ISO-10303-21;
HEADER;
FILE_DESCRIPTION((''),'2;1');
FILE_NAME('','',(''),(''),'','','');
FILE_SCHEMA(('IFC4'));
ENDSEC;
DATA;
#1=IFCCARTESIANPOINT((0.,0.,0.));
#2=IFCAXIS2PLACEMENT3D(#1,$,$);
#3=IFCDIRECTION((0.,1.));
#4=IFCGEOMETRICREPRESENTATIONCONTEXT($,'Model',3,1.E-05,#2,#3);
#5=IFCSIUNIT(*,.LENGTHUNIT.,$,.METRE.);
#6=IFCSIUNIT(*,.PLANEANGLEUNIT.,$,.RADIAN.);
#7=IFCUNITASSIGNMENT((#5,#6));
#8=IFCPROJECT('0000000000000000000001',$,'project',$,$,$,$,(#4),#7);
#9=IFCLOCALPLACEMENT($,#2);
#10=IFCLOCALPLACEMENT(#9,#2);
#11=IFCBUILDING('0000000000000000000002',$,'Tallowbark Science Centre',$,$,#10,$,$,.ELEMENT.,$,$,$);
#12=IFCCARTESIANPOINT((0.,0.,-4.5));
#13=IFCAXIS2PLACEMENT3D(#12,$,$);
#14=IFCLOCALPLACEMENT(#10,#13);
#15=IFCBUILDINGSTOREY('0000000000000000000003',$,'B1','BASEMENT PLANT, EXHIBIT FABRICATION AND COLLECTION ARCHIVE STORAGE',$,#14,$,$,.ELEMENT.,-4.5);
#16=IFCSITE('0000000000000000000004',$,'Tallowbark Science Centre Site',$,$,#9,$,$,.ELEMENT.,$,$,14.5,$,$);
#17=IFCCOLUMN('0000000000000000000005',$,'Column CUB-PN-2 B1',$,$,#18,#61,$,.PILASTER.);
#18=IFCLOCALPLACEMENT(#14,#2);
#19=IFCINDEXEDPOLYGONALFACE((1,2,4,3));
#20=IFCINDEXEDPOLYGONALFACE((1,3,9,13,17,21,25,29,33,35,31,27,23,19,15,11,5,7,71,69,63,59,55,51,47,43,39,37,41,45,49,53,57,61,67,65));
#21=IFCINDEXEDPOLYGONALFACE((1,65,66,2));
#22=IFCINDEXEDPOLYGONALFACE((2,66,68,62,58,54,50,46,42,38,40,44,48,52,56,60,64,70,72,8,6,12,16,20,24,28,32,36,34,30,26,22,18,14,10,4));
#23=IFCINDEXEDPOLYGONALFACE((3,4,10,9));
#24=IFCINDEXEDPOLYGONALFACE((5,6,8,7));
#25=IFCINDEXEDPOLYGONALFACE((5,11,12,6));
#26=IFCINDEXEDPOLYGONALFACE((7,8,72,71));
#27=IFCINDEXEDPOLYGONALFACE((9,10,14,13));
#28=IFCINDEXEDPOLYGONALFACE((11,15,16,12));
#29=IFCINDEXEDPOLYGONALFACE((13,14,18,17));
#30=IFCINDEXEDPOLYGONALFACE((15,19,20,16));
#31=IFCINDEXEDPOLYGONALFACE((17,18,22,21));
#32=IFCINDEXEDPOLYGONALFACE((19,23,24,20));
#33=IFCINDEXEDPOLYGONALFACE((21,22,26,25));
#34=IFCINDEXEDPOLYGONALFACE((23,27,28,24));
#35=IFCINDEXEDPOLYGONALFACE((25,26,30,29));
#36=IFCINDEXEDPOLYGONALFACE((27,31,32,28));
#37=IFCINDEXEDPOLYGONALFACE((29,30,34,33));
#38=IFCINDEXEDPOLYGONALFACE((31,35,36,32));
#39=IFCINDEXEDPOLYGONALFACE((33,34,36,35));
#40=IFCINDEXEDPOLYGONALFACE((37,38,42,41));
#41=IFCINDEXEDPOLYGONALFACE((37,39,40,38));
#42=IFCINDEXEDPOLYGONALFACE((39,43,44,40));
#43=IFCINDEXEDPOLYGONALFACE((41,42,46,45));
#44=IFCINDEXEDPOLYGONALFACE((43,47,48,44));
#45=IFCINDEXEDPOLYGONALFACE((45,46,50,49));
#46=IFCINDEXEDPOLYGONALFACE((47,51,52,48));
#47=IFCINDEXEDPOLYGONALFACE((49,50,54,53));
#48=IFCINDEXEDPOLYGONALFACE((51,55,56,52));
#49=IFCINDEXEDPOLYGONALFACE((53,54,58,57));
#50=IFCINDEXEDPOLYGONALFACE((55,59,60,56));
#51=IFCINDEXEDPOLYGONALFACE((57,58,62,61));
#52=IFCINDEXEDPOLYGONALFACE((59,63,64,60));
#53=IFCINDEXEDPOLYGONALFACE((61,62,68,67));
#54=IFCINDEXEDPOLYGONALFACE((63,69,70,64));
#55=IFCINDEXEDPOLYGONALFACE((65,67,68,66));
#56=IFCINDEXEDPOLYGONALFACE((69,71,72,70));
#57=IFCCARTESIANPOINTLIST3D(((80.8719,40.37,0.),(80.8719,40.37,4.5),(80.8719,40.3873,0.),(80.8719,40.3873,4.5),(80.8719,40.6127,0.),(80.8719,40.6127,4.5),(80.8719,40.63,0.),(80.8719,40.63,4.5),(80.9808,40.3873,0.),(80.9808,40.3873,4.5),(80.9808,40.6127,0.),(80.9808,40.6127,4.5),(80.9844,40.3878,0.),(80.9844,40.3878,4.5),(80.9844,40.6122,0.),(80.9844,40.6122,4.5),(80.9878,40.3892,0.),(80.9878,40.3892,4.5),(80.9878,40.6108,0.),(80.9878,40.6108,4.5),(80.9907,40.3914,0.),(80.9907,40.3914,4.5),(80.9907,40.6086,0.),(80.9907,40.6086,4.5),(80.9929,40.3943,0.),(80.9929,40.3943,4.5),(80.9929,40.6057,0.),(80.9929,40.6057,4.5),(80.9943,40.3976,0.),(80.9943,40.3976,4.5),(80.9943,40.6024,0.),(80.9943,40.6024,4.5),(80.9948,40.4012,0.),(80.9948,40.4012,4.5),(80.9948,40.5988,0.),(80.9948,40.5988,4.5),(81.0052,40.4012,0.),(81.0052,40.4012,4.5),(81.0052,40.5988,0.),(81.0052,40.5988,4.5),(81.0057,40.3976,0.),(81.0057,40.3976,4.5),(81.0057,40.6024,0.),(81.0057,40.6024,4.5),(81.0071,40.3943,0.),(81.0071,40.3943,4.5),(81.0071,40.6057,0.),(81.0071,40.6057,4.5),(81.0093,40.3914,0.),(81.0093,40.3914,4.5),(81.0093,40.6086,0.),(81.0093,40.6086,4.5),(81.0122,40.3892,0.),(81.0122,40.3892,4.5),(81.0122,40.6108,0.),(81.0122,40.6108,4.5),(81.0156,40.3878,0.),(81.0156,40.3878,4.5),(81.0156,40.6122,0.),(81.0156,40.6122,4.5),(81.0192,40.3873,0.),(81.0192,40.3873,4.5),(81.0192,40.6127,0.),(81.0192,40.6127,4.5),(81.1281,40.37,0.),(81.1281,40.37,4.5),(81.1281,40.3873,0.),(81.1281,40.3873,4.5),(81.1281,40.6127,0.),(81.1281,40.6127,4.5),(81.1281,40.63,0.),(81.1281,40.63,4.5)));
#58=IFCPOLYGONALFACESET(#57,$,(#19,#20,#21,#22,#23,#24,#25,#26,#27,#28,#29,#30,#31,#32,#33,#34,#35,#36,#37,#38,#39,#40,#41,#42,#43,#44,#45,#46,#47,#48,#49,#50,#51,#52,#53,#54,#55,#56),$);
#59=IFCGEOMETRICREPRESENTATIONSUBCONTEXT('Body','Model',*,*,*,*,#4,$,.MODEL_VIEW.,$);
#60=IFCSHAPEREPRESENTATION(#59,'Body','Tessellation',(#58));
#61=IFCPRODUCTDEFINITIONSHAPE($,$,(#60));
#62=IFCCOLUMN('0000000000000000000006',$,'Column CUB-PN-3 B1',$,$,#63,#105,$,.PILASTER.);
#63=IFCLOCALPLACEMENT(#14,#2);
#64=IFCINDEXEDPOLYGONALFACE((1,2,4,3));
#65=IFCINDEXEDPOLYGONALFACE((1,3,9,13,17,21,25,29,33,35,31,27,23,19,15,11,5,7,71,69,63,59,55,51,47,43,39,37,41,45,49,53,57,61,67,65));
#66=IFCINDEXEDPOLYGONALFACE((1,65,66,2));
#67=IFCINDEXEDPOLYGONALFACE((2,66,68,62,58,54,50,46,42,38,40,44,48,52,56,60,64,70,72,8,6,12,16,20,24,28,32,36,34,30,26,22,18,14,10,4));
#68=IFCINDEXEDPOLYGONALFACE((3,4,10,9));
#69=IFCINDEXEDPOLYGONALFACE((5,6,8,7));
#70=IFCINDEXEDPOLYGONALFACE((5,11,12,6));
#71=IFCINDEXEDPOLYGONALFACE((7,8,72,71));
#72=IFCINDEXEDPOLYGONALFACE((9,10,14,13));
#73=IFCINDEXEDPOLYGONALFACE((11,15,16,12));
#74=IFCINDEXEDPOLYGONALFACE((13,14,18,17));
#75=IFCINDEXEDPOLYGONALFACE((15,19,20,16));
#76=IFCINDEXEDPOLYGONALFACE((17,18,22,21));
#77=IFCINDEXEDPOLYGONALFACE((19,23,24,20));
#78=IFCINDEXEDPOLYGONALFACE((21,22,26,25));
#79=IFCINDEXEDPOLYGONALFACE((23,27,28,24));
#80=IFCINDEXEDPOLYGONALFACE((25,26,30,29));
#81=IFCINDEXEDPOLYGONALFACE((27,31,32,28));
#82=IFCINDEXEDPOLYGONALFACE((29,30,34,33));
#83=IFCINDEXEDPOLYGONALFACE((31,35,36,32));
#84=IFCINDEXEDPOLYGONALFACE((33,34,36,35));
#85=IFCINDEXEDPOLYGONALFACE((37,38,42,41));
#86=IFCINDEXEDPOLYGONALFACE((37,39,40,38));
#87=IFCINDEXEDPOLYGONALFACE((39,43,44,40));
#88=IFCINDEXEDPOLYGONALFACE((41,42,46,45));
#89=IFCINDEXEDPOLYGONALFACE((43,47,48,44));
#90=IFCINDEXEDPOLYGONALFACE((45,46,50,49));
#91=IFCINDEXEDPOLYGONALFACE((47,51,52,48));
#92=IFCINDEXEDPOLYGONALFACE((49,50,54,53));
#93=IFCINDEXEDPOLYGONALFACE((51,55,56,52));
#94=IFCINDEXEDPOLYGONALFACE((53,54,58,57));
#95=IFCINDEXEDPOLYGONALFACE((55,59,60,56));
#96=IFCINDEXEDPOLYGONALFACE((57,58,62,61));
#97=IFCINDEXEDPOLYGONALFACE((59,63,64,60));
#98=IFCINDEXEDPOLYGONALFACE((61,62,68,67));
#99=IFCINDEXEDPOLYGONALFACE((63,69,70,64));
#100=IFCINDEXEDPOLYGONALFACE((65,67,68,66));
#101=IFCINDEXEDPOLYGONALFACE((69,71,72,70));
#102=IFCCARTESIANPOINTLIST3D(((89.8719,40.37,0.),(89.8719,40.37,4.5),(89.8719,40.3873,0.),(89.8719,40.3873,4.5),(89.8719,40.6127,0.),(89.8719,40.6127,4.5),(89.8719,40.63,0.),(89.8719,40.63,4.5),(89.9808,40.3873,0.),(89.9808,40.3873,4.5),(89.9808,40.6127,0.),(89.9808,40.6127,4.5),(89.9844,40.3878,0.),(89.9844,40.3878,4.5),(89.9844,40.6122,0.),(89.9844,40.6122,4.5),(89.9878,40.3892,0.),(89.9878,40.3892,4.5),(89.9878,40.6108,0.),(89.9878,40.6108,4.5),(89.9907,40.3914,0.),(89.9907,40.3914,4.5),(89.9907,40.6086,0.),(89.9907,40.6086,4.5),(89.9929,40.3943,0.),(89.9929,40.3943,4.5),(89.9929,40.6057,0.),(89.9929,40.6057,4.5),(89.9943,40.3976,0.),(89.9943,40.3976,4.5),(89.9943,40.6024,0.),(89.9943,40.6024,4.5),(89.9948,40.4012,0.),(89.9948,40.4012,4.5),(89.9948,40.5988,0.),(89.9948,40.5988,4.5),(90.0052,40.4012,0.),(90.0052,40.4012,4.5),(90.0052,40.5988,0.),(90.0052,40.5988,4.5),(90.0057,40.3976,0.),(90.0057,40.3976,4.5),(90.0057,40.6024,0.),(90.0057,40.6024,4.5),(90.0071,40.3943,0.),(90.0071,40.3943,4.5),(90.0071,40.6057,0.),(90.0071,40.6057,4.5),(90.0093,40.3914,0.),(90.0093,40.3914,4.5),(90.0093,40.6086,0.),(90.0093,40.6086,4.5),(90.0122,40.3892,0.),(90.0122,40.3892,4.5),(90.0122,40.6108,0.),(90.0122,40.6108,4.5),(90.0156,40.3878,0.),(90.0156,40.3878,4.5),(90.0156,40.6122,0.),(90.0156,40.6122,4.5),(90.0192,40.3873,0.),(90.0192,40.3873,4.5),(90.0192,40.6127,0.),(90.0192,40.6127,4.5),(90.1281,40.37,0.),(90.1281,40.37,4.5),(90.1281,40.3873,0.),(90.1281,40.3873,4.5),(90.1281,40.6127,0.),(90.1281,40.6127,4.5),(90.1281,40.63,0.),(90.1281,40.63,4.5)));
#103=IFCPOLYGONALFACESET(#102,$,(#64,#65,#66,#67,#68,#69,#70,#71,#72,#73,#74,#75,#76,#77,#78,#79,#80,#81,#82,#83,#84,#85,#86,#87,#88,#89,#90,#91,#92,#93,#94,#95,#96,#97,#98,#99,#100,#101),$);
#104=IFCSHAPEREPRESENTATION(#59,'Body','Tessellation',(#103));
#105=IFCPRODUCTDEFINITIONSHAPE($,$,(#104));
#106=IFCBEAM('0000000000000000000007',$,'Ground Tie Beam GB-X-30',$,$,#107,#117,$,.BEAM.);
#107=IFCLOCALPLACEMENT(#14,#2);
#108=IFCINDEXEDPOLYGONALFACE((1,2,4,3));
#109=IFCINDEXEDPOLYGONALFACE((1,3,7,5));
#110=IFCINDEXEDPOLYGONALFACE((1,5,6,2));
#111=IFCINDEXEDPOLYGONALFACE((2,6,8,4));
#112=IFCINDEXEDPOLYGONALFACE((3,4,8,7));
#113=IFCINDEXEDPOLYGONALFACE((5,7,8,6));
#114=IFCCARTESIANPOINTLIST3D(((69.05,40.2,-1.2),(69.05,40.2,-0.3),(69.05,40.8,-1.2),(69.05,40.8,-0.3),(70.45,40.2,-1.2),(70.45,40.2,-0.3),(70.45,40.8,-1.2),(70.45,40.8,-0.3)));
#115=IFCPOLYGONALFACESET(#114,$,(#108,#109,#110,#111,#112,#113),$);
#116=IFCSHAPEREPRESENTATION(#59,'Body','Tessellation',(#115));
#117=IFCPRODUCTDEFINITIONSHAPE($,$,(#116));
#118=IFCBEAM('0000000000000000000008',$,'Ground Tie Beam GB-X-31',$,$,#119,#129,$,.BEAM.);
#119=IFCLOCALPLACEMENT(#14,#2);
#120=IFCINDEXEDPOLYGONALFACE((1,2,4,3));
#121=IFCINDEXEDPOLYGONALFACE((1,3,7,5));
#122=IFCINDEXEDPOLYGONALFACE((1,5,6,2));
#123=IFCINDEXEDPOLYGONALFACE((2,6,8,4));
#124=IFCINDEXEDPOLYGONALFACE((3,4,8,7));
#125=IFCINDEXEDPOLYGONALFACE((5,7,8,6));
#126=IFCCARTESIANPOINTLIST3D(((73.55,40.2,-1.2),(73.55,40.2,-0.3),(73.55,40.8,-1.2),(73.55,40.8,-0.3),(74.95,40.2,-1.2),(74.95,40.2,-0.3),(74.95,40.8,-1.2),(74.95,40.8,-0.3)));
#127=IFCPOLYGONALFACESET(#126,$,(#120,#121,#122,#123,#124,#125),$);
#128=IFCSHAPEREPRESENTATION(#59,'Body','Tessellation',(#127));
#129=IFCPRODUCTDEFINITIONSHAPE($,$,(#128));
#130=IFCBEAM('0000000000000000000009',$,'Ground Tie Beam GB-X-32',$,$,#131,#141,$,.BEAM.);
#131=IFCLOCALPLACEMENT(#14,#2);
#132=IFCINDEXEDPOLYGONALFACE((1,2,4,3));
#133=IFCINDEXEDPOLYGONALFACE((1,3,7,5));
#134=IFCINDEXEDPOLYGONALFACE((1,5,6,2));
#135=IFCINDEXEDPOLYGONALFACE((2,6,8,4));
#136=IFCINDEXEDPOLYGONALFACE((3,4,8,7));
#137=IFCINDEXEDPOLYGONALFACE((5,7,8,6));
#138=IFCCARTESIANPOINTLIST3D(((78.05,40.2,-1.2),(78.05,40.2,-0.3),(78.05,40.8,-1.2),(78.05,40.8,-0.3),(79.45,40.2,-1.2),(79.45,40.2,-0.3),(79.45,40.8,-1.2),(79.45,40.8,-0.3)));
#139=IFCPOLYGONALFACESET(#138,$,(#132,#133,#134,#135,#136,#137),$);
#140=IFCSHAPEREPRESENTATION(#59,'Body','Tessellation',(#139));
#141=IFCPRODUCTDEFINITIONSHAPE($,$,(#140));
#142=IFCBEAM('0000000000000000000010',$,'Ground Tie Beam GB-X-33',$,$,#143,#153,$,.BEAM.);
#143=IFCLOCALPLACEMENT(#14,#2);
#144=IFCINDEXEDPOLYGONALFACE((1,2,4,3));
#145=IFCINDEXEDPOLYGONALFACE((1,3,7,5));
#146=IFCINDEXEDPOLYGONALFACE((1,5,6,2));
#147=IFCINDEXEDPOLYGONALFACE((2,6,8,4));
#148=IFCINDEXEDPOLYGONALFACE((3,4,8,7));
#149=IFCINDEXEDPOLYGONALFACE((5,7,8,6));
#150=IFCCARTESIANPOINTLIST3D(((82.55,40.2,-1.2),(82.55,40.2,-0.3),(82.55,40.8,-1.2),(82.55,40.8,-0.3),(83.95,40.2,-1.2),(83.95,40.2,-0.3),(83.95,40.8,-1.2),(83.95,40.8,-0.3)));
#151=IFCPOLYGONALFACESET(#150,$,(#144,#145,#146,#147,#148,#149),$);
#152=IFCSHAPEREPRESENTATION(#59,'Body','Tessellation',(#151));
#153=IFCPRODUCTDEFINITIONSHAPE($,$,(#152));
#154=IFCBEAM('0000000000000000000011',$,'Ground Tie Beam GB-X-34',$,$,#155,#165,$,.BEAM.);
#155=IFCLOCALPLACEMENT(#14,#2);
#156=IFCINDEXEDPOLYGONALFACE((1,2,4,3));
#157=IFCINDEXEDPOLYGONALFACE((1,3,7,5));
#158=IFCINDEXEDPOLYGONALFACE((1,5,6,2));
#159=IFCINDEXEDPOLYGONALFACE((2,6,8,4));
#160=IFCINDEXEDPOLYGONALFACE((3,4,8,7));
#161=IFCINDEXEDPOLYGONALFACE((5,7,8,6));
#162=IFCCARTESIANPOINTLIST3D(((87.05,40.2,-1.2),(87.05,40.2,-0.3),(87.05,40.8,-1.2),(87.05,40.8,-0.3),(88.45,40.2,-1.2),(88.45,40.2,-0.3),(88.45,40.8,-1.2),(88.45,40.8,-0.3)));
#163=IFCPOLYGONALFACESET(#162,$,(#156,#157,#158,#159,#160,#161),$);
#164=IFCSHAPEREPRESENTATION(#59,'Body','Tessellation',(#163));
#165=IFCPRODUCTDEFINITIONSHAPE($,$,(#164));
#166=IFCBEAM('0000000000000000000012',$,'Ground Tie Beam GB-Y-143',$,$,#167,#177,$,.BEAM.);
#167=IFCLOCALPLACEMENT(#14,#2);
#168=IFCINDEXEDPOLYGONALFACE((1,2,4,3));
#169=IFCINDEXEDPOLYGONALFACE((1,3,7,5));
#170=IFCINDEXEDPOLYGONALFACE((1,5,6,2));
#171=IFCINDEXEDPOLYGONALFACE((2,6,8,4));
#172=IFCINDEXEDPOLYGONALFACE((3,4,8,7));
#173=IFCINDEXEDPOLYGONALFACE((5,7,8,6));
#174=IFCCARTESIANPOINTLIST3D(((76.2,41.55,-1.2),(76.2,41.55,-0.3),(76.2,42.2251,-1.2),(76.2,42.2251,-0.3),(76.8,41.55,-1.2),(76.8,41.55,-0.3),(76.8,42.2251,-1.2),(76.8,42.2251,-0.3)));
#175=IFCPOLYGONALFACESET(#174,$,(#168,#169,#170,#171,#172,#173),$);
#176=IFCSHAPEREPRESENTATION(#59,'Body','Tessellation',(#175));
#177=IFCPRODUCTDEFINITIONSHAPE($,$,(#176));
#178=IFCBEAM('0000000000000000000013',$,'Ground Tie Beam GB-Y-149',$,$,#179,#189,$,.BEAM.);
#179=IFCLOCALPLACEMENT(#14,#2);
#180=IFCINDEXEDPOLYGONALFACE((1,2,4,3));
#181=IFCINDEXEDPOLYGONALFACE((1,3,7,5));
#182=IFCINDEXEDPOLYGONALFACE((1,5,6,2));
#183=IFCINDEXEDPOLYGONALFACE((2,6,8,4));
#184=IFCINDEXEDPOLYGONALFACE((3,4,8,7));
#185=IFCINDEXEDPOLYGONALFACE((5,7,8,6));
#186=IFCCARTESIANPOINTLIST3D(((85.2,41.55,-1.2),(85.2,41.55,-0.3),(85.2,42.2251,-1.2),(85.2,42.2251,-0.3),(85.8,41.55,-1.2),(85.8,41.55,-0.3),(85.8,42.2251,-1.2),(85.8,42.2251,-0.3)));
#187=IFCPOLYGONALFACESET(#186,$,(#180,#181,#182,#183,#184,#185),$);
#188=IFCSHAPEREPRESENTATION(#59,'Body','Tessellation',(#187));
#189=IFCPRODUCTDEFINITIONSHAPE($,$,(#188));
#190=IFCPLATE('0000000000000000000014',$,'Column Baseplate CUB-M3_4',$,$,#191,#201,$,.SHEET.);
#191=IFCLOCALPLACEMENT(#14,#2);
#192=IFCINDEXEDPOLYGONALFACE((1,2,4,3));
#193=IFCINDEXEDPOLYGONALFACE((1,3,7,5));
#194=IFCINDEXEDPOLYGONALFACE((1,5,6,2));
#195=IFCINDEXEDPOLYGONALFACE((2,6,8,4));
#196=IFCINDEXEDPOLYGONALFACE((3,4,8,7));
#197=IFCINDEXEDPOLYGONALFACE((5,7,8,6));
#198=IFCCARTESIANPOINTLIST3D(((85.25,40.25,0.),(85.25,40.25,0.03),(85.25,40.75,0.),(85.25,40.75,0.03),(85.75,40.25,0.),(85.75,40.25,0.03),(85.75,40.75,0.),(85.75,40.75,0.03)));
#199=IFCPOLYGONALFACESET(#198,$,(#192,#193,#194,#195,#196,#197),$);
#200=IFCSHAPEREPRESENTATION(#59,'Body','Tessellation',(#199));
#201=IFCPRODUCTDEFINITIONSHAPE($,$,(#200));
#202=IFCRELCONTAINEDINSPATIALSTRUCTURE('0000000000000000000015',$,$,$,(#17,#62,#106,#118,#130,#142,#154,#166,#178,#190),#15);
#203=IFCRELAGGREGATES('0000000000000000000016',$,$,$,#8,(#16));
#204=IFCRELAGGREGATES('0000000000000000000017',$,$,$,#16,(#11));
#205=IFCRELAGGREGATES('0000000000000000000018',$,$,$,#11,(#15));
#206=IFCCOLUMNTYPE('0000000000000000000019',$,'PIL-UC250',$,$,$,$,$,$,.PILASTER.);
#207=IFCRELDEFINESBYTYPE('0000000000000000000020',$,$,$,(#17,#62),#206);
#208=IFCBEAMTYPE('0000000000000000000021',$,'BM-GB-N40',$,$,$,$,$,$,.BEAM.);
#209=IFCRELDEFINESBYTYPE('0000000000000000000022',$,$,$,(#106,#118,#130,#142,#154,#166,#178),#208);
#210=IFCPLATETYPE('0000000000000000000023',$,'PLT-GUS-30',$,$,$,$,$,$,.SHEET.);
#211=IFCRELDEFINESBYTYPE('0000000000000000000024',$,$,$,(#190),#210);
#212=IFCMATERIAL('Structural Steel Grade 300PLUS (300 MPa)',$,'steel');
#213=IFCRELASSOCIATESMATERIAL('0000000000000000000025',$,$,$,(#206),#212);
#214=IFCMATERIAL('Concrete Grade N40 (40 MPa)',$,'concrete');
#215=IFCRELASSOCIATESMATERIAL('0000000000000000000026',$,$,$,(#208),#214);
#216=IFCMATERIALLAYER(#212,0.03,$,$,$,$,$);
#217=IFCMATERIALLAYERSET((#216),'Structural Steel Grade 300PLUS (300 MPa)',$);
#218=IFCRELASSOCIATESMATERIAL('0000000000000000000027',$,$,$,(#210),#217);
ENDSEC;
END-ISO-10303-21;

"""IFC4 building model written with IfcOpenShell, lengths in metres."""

from ifc_helpers import new_model, si_unit, direction, frame, origin, origin_2d, place, context, subcontext, project, spatial, rectangle, i_section, extrude, material, layer, layer_set, material_profile, profile_set, type_object, element, save


model = new_model("IFC4")

# Units and contexts
model_context = context("Model", 3, precision=1e-05, world=origin(), true_north=direction((0.0, 1.0)))
body_context = subcontext(model_context, "Body", "Model", "MODEL_VIEW")
ifc_project = project(units=[si_unit("LENGTHUNIT", "METRE"), si_unit("PLANEANGLEUNIT", "RADIAN")], contexts=[model_context])

# Site, building, storey
site_placement = place(None, origin())
site = spatial("IfcSite", under=ifc_project, at=site_placement, Name="Tallowbark Science Centre Site", CompositionType="ELEMENT", RefElevation=14.5)
building_placement = place(site_placement, origin())
building = spatial("IfcBuilding", under=site, at=building_placement, Name="Tallowbark Science Centre", CompositionType="ELEMENT")
storey_placement = place(building_placement, frame((0.0, 0.0, -4.5)))
storey = spatial("IfcBuildingStorey", under=building, at=storey_placement, Name="B1", Description="BASEMENT PLANT, EXHIBIT FABRICATION AND COLLECTION ARCHIVE STORAGE", CompositionType="ELEMENT", Elevation=-4.5)

# Shared definitions
ifc_material_1 = material(Name="Concrete Grade N40 (40 MPa)", Category="concrete")

# Columns
ifc_material_2 = material(Name="Structural Steel Grade 300PLUS (300 MPa)", Category="steel")
ifc_material_profile_1 = material_profile(ifc_material_2, i_section(OverallWidth=0.2561, OverallDepth=0.26, WebThickness=0.0105, FlangeThickness=0.0173, FilletRadius=0.0139, at=origin_2d()), Name="250UC89.5")
ifc_profile_set_1 = profile_set([ifc_material_profile_1], Name="Structural Steel Grade 300PLUS (300 MPa)")
column_type_1 = type_object("IfcColumnType", Name="PIL-UC250", PredefinedType="PILASTER", material=ifc_profile_set_1)
for number, where, z_axis, x_axis, name in (
    (1, (81.0, 40.5, 0.0), (0.0, 0.0, 1.0), (1.0, 0.0, 0.0), "Column CUB-PN-2 B1"),
    (2, (90.0, 40.5, 0.0), (0.0, 0.0, 1.0), (1.0, 0.0, 0.0), "Column CUB-PN-3 B1"),
):
    element("IfcColumn", number, at=place(storey_placement, frame(where, z_axis=z_axis, x_axis=x_axis)), inside=storey, type_object=column_type_1, Name=name, PredefinedType="PILASTER", context=body_context, shape_type="SweptSolid", body=[
        extrude(i_section(OverallWidth=0.2561, OverallDepth=0.26, WebThickness=0.0105, FlangeThickness=0.0173, FilletRadius=0.0139, at=origin_2d()), origin(), (0.0, 0.0, 1.0), 4.5),
    ])

# Beams
ifc_material_profile_2 = material_profile(ifc_material_1, rectangle(XDim=0.6001, YDim=0.8999, at=origin_2d()), Name="RC600x900")
ifc_profile_set_2 = profile_set([ifc_material_profile_2], Name="Concrete Grade N40 (40 MPa)")
beam_type = type_object("IfcBeamType", Name="BM-GB-N40", PredefinedType="BEAM", material=ifc_profile_set_2)
for number, where, z_axis, x_axis, name in (
    (3, (69.05, 40.5, -0.75), (1.0, 0.0, 0.0), (0.0, 1.0, 0.0), "Ground Tie Beam GB-X-30"),
    (4, (73.55, 40.5, -0.75), (1.0, 0.0, 0.0), (0.0, 1.0, 0.0), "Ground Tie Beam GB-X-31"),
    (5, (78.05, 40.5, -0.75), (1.0, 0.0, 0.0), (0.0, 1.0, 0.0), "Ground Tie Beam GB-X-32"),
    (6, (82.55, 40.5, -0.75), (1.0, 0.0, 0.0), (0.0, 1.0, 0.0), "Ground Tie Beam GB-X-33"),
    (7, (87.05, 40.5, -0.75), (1.0, 0.0, 0.0), (0.0, 1.0, 0.0), "Ground Tie Beam GB-X-34"),
):
    element("IfcBeam", number, at=place(storey_placement, frame(where, z_axis=z_axis, x_axis=x_axis)), inside=storey, type_object=beam_type, Name=name, PredefinedType="BEAM", context=body_context, shape_type="SweptSolid", body=[
        extrude(rectangle(XDim=0.6001, YDim=0.8999, at=origin_2d()), origin(), (0.0, 0.0, 1.0), 1.3999),
    ])
for number, where, z_axis, x_axis, name in (
    (8, (76.5, 41.55, -0.75), (0.0, 1.0, 0.0), (-1.0, 0.0, 0.0), "Ground Tie Beam GB-Y-143"),
    (9, (85.5, 41.55, -0.75), (0.0, 1.0, 0.0), (-1.0, 0.0, 0.0), "Ground Tie Beam GB-Y-149"),
):
    element("IfcBeam", number, at=place(storey_placement, frame(where, z_axis=z_axis, x_axis=x_axis)), inside=storey, type_object=beam_type, Name=name, PredefinedType="BEAM", context=body_context, shape_type="SweptSolid", body=[
        extrude(rectangle(XDim=0.6001, YDim=0.8999, at=origin_2d()), origin(), (0.0, 0.0, 1.0), 0.675),
    ])

# Plate
ifc_layer = layer(ifc_material_2, 0.03)
ifc_layer_set = layer_set([ifc_layer], Name="Structural Steel Grade 300PLUS (300 MPa)")
plate_type = type_object("IfcPlateType", Name="PLT-GUS-30", PredefinedType="SHEET", material=ifc_layer_set)
plate_placement = place(storey_placement, frame((85.5, 40.5, 0.0), z_axis=(0.0, 0.0, 1.0), x_axis=(1.0, 0.0, 0.0)))
element("IfcPlate", 10, at=plate_placement, inside=storey, type_object=plate_type, Name="Column Baseplate CUB-M3_4", PredefinedType="SHEET", context=body_context, shape_type="SweptSolid", body=[
    extrude(rectangle(XDim=0.5, YDim=0.5, at=origin_2d()), origin(), (0.0, 0.0, 1.0), 0.03),
])

save(model, "model.ifc")
